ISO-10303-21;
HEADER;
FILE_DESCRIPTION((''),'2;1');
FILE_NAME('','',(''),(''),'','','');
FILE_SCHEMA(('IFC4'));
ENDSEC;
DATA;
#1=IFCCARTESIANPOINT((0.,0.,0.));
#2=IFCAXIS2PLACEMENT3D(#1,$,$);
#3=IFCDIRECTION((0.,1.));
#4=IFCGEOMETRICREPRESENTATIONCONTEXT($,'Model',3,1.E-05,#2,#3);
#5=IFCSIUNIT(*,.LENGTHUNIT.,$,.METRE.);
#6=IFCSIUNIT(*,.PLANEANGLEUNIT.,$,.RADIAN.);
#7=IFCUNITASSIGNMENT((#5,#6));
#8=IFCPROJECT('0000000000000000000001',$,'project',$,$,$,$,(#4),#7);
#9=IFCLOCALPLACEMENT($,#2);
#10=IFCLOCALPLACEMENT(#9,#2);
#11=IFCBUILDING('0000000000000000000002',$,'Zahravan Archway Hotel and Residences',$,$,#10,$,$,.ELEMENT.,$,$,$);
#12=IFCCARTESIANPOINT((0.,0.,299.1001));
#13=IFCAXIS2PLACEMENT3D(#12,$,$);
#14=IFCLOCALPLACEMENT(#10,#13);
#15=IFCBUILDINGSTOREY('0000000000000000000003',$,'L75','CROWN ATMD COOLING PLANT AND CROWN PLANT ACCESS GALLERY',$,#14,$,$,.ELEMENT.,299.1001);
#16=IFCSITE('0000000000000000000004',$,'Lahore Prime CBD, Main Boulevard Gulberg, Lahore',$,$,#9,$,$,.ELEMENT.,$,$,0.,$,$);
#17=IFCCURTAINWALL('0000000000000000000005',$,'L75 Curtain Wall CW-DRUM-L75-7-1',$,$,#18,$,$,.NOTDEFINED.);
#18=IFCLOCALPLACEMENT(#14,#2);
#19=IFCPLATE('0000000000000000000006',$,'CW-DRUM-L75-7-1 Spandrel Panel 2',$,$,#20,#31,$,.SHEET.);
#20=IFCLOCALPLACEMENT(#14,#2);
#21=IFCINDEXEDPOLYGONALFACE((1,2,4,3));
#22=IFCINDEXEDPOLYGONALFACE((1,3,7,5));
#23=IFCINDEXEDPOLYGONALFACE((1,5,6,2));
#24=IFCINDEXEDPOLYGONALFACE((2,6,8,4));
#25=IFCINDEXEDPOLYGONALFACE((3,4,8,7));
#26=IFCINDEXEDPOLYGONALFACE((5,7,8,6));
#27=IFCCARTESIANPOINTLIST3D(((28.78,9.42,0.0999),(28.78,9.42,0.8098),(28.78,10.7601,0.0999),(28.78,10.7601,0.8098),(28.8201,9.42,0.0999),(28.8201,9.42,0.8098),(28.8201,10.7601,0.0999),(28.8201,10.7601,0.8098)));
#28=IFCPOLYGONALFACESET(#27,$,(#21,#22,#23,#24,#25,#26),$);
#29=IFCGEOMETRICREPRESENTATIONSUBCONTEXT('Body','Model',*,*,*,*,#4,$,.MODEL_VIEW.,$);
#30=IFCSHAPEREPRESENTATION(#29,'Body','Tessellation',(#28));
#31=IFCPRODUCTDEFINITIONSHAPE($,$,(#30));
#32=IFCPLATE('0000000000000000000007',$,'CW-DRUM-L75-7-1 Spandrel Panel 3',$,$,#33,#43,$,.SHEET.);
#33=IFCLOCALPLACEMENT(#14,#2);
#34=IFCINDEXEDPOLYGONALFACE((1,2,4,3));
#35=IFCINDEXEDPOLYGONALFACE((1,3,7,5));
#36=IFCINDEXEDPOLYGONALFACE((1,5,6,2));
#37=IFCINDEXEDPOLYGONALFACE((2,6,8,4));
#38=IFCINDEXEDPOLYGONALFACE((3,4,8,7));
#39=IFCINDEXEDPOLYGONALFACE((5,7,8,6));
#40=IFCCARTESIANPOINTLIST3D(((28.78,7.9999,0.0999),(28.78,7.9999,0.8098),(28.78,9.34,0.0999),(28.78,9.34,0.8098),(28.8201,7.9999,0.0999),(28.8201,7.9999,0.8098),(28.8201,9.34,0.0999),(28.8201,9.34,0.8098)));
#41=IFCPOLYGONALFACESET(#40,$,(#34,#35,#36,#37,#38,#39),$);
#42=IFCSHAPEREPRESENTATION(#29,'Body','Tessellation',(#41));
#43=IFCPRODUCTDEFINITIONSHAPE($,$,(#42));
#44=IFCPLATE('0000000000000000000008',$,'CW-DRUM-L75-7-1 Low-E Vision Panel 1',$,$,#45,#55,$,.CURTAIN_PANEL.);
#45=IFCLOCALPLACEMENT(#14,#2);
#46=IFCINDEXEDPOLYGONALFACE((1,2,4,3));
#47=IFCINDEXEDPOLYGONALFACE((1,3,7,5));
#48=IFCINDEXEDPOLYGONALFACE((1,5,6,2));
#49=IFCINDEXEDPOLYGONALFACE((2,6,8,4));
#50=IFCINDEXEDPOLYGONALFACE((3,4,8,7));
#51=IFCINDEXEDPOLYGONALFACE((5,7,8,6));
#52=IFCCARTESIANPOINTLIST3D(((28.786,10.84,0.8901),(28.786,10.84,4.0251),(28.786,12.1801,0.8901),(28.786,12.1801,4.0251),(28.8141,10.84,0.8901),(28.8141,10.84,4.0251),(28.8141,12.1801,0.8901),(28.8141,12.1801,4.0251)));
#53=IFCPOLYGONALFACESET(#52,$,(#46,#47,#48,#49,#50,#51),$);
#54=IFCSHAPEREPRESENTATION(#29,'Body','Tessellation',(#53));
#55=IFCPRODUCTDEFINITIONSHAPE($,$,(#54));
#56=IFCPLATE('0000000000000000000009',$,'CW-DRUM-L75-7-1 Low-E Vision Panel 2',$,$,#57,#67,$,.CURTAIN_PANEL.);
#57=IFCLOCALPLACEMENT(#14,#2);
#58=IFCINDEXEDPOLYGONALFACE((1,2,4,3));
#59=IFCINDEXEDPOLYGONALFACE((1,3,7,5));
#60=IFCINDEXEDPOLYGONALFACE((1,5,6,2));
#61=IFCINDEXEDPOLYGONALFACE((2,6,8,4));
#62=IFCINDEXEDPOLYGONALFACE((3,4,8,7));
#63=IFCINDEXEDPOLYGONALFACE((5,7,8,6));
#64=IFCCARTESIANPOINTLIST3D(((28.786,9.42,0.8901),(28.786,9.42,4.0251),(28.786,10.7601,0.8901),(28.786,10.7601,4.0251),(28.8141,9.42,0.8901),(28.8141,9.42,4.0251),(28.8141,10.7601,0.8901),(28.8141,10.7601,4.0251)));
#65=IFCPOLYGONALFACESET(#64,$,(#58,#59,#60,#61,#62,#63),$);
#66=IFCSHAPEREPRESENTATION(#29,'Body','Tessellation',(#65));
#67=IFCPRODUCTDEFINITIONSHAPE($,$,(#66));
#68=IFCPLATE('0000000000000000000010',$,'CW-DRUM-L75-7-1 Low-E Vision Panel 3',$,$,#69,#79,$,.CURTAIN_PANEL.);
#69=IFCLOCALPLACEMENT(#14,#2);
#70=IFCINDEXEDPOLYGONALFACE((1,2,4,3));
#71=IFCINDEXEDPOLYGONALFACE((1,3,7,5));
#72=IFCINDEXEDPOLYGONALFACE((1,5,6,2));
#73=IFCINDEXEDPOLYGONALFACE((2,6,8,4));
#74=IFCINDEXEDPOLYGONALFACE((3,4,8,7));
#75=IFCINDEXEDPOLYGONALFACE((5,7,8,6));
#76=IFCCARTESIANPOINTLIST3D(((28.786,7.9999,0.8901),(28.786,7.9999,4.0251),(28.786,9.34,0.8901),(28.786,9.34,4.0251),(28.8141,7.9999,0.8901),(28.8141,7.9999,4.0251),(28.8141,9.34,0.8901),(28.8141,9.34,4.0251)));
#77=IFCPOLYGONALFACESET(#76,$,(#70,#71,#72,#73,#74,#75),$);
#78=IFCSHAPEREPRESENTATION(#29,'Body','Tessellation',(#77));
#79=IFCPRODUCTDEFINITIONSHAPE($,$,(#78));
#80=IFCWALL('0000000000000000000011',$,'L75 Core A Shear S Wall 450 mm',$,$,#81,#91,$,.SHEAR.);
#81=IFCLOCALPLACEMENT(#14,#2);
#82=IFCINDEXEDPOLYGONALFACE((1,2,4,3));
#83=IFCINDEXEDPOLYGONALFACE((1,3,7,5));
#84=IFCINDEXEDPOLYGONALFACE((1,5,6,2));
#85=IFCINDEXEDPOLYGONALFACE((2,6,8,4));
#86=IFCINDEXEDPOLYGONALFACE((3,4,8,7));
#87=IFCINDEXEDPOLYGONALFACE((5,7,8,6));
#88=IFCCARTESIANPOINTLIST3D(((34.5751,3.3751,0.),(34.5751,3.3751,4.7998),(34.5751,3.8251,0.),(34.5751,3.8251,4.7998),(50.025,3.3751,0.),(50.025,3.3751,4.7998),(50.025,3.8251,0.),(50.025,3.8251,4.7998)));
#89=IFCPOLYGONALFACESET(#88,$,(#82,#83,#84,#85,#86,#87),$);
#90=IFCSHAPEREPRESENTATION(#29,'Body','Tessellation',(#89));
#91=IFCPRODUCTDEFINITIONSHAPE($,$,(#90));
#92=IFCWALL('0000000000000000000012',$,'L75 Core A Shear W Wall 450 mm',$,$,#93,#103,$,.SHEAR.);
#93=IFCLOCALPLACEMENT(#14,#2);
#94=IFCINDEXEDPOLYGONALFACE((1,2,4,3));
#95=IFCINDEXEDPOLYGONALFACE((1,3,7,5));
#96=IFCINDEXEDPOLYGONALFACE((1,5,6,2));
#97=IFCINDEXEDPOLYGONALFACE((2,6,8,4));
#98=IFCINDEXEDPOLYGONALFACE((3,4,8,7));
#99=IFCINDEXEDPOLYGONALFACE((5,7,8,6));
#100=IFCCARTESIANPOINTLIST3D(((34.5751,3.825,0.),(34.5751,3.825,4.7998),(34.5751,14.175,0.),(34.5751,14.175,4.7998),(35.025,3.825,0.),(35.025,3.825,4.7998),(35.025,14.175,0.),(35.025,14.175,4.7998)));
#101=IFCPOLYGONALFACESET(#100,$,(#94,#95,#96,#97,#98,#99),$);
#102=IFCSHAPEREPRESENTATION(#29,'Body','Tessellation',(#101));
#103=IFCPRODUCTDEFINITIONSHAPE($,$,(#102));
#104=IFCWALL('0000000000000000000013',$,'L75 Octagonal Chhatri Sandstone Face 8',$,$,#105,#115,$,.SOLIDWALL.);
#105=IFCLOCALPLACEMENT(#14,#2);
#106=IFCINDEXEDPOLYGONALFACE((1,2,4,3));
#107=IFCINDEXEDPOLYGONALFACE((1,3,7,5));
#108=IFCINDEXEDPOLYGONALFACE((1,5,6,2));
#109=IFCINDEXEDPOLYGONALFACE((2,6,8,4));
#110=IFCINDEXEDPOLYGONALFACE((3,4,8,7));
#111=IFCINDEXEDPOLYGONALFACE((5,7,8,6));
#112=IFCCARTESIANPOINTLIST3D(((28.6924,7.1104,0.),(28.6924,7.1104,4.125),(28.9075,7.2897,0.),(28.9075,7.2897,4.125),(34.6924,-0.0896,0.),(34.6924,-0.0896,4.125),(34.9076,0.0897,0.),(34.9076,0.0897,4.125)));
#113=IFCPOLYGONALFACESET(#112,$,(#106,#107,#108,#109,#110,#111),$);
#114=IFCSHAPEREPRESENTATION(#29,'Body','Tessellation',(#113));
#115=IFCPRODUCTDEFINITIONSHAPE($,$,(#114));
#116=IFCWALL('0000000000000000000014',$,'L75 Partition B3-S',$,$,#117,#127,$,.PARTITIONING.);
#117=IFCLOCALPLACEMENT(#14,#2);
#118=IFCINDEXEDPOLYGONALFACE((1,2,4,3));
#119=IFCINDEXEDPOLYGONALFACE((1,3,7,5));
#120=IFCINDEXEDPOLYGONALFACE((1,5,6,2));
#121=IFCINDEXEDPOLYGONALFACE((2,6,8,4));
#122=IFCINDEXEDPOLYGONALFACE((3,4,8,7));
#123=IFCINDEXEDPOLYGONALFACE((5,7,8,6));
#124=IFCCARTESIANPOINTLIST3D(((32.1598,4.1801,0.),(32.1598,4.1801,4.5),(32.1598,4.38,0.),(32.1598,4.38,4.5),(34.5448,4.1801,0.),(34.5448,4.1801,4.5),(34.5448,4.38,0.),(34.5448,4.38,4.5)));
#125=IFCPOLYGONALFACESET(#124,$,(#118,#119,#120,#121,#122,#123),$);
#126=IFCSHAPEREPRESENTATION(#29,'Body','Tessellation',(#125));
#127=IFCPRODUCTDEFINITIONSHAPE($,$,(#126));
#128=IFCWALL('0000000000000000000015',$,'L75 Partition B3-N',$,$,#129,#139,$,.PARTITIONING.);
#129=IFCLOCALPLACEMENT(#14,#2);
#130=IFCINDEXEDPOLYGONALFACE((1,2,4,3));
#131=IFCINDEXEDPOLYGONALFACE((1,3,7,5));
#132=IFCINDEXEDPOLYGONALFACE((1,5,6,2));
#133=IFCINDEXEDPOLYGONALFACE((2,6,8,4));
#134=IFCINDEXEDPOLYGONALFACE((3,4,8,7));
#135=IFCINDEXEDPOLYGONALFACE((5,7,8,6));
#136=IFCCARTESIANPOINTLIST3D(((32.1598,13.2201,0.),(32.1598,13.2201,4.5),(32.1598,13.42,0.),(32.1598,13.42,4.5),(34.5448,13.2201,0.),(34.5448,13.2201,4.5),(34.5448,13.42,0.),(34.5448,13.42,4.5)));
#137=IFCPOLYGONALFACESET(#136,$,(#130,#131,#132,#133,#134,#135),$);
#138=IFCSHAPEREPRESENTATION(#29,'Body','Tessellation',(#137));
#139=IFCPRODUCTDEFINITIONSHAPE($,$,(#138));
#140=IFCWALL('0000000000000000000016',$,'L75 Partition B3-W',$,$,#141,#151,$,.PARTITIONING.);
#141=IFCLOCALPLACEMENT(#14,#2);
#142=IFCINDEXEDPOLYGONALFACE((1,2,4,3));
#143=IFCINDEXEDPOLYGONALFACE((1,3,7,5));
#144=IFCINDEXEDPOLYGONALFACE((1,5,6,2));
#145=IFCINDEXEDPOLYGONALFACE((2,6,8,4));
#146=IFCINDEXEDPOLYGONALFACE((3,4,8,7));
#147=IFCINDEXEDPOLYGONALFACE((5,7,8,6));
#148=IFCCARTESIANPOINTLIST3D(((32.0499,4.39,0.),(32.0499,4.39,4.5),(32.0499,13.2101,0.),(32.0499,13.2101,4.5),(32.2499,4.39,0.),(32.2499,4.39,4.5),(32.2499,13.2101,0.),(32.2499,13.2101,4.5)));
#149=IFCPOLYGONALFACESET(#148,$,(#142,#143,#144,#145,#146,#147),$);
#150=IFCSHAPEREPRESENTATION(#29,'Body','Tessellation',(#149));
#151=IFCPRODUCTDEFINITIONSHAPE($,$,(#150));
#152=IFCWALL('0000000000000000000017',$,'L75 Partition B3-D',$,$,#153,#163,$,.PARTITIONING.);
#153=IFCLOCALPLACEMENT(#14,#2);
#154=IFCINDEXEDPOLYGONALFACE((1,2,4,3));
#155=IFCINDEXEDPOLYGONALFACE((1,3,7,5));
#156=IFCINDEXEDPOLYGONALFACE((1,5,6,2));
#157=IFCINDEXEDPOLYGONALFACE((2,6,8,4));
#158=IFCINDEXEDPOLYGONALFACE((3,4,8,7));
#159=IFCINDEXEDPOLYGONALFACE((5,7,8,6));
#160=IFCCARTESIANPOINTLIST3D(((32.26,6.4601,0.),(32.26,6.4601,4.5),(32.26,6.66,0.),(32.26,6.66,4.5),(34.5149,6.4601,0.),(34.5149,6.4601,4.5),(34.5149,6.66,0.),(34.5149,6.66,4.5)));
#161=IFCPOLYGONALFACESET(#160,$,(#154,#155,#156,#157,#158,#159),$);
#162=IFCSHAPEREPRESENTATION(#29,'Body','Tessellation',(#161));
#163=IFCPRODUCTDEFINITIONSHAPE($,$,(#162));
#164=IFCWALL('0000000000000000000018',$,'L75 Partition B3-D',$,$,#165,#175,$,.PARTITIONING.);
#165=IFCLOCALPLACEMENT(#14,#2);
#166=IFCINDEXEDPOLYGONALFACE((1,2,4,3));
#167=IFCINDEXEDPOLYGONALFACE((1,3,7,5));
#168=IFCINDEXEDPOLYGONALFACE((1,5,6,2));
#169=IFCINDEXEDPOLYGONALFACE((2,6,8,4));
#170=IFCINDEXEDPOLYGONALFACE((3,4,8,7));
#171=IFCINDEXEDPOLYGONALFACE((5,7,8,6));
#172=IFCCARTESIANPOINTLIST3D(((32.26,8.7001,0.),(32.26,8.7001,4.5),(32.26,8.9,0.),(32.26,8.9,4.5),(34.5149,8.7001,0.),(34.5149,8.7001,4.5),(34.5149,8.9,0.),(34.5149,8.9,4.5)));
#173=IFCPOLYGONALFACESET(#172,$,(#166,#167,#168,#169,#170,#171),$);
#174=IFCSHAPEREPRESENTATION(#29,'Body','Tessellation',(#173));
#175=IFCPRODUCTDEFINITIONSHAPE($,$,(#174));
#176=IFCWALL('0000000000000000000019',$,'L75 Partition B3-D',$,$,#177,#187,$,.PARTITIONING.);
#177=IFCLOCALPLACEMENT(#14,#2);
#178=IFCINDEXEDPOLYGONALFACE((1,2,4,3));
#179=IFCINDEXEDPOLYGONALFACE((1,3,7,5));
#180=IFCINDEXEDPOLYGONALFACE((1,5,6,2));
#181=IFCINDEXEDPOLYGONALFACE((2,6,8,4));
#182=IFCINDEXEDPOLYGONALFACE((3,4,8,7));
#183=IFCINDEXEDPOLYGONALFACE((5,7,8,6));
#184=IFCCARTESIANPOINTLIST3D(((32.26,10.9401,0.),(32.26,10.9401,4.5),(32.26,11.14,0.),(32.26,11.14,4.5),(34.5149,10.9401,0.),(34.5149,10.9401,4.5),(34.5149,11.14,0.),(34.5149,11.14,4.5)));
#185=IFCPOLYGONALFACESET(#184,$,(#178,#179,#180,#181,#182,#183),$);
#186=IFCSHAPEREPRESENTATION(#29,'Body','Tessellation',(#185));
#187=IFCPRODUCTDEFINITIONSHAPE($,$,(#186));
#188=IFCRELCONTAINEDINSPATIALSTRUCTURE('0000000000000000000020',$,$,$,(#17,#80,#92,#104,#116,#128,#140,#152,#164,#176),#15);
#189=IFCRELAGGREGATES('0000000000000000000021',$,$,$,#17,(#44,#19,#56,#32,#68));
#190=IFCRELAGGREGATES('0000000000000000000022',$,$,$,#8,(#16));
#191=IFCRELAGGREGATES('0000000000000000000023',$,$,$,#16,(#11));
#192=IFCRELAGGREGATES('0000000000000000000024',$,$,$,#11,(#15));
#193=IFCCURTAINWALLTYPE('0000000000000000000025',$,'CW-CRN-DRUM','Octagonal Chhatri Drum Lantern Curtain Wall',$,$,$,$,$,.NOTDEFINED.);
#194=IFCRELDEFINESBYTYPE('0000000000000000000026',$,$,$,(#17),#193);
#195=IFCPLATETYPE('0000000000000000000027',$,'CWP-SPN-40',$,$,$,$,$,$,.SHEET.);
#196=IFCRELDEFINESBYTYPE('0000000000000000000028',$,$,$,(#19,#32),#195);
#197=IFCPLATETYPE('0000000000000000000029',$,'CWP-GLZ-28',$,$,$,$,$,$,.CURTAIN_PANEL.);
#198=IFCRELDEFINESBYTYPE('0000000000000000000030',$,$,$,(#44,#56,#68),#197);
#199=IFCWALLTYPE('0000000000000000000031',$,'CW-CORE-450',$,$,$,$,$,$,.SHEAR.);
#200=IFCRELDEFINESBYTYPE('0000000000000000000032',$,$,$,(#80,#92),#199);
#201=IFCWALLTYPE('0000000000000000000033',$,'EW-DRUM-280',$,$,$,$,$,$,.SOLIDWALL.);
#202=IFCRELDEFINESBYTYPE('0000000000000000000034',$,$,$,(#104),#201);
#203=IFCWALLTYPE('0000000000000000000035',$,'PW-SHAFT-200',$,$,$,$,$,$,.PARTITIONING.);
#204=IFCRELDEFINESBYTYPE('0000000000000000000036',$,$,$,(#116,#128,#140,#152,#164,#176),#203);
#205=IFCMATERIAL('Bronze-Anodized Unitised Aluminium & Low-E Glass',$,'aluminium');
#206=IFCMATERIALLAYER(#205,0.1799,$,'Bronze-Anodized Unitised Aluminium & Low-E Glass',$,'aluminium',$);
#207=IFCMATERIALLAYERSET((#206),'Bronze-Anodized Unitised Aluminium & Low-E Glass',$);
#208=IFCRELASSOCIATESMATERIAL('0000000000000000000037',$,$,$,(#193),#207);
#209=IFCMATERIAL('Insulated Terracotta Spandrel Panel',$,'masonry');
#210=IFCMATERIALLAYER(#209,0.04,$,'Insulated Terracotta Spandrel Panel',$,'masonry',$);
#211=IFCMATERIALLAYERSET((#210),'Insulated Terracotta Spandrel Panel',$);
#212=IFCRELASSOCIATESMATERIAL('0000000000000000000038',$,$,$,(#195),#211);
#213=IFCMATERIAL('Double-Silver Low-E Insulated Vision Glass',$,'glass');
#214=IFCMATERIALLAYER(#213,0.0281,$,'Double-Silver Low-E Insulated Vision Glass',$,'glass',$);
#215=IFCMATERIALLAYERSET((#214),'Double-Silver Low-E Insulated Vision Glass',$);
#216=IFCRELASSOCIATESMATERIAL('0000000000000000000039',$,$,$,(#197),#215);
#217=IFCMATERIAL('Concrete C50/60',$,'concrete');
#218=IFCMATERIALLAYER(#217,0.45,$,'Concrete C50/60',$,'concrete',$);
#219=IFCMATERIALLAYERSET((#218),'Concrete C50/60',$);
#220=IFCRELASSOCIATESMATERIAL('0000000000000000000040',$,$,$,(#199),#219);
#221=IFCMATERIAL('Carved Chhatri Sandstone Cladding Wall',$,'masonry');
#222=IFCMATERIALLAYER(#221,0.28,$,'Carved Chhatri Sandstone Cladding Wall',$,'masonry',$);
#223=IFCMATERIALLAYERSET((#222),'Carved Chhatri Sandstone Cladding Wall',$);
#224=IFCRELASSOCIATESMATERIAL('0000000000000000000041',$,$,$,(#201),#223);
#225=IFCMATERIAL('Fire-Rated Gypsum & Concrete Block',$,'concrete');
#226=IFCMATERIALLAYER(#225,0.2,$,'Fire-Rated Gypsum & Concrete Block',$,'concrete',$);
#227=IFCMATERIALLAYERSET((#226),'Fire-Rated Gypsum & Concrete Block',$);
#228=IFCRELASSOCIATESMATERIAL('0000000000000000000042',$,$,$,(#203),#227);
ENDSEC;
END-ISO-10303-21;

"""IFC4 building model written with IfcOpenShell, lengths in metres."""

from ifc_helpers import new_model, si_unit, direction, frame, frame_2d, origin, origin_2d, place, context, subcontext, project, spatial, rectangle, extrude, source, transform, mapped, material, layer, layer_set, type_object, element, aggregate, save


model = new_model("IFC4")

# Units and contexts
model_context = context("Model", 3, precision=1e-05, world=origin(), true_north=direction((0.0, 1.0)))
body_context = subcontext(model_context, "Body", "Model", "MODEL_VIEW")
ifc_project = project(units=[si_unit("LENGTHUNIT", "METRE"), si_unit("PLANEANGLEUNIT", "RADIAN")], contexts=[model_context])

# Site, building, storey
site_placement = place(None, origin())
site = spatial("IfcSite", under=ifc_project, at=site_placement, Name="Lahore Prime CBD, Main Boulevard Gulberg, Lahore", CompositionType="ELEMENT", RefElevation=0.0)
building_placement = place(site_placement, origin())
building = spatial("IfcBuilding", under=site, at=building_placement, Name="Zahravan Archway Hotel and Residences", CompositionType="ELEMENT")
storey_placement = place(building_placement, frame((0.0, 0.0, 299.1001)))
storey = spatial("IfcBuildingStorey", under=building, at=storey_placement, Name="L75", Description="CROWN ATMD COOLING PLANT AND CROWN PLANT ACCESS GALLERY", CompositionType="ELEMENT", Elevation=299.1001)

# Curtain wall, plates
ifc_material_1 = material(Name="Bronze-Anodized Unitised Aluminium & Low-E Glass", Category="aluminium")
ifc_layer_1 = layer(ifc_material_1, 0.1799, Name="Bronze-Anodized Unitised Aluminium & Low-E Glass", Category="aluminium")
ifc_layer_set_1 = layer_set([ifc_layer_1], Name="Bronze-Anodized Unitised Aluminium & Low-E Glass")
curtain_wall_type = type_object("IfcCurtainWallType", Name="CW-CRN-DRUM", Description="Octagonal Chhatri Drum Lantern Curtain Wall", PredefinedType="NOTDEFINED", material=ifc_layer_set_1)
curtain_wall_placement = place(storey_placement, origin())
curtain_wall = element("IfcCurtainWall", 1, at=curtain_wall_placement, inside=storey, type_object=curtain_wall_type, Name="L75 Curtain Wall CW-DRUM-L75-7-1", PredefinedType="NOTDEFINED")
ifc_material_2 = material(Name="Insulated Terracotta Spandrel Panel", Category="masonry")
ifc_layer_2 = layer(ifc_material_2, 0.04, Name="Insulated Terracotta Spandrel Panel", Category="masonry")
ifc_layer_set_2 = layer_set([ifc_layer_2], Name="Insulated Terracotta Spandrel Panel")
plate_type_1 = type_object("IfcPlateType", Name="CWP-SPN-40", PredefinedType="SHEET", material=ifc_layer_set_2)
shared_shape_1 = source(origin(), body_context, "Body", "SweptSolid", [
    extrude(rectangle(XDim=1.3401, YDim=0.04, at=origin_2d()), origin(), (0.0, 0.0, 1.0), 0.71),
])
plate_1_placement = place(storey_placement, frame((28.8, 10.0901, 0.0999), z_axis=(0.0, 0.0, 1.0), x_axis=(0.0, -1.0, 0.0)))
plate_1 = element("IfcPlate", 2, at=plate_1_placement, type_object=plate_type_1, Name="CW-DRUM-L75-7-1 Spandrel Panel 2", PredefinedType="SHEET", context=body_context, shape_type="MappedRepresentation", body=[
    mapped(shared_shape_1, transform((0.0, 0.0, 0.0), scale=1.0)),
])
plate_2_placement = place(storey_placement, frame((28.8, 8.6699, 0.0999), z_axis=(0.0, 0.0, 1.0), x_axis=(0.0, -1.0, 0.0)))
plate_2 = element("IfcPlate", 3, at=plate_2_placement, type_object=plate_type_1, Name="CW-DRUM-L75-7-1 Spandrel Panel 3", PredefinedType="SHEET", context=body_context, shape_type="MappedRepresentation", body=[
    mapped(shared_shape_1, transform((0.0, 0.0, 0.0), scale=1.0)),
])
ifc_material_3 = material(Name="Double-Silver Low-E Insulated Vision Glass", Category="glass")
ifc_layer_3 = layer(ifc_material_3, 0.0281, Name="Double-Silver Low-E Insulated Vision Glass", Category="glass")
ifc_layer_set_3 = layer_set([ifc_layer_3], Name="Double-Silver Low-E Insulated Vision Glass")
plate_type_2 = type_object("IfcPlateType", Name="CWP-GLZ-28", PredefinedType="CURTAIN_PANEL", material=ifc_layer_set_3)
shared_shape_2 = source(origin(), body_context, "Body", "SweptSolid", [
    extrude(rectangle(XDim=1.3401, YDim=0.0281, at=origin_2d()), origin(), (0.0, 0.0, 1.0), 3.135),
])
plate_3_placement = place(storey_placement, frame((28.8, 11.51, 0.8901), z_axis=(0.0, 0.0, 1.0), x_axis=(0.0, -1.0, 0.0)))
plate_3 = element("IfcPlate", 4, at=plate_3_placement, type_object=plate_type_2, Name="CW-DRUM-L75-7-1 Low-E Vision Panel 1", PredefinedType="CURTAIN_PANEL", context=body_context, shape_type="MappedRepresentation", body=[
    mapped(shared_shape_2, transform((0.0, 0.0, 0.0), scale=1.0)),
])
plate_4_placement = place(storey_placement, frame((28.8, 10.0901, 0.8901), z_axis=(0.0, 0.0, 1.0), x_axis=(0.0, -1.0, 0.0)))
plate_4 = element("IfcPlate", 5, at=plate_4_placement, type_object=plate_type_2, Name="CW-DRUM-L75-7-1 Low-E Vision Panel 2", PredefinedType="CURTAIN_PANEL", context=body_context, shape_type="MappedRepresentation", body=[
    mapped(shared_shape_2, transform((0.0, 0.0, 0.0), scale=1.0)),
])
plate_5_placement = place(storey_placement, frame((28.8, 8.6699, 0.8901), z_axis=(0.0, 0.0, 1.0), x_axis=(0.0, -1.0, 0.0)))
plate_5 = element("IfcPlate", 6, at=plate_5_placement, type_object=plate_type_2, Name="CW-DRUM-L75-7-1 Low-E Vision Panel 3", PredefinedType="CURTAIN_PANEL", context=body_context, shape_type="MappedRepresentation", body=[
    mapped(shared_shape_2, transform((0.0, 0.0, 0.0), scale=1.0)),
])
aggregate(curtain_wall, [plate_3, plate_1, plate_4, plate_2, plate_5])

# Wall
ifc_material_4 = material(Name="Concrete C50/60", Category="concrete")
ifc_layer_4 = layer(ifc_material_4, 0.45, Name="Concrete C50/60", Category="concrete")
ifc_layer_set_4 = layer_set([ifc_layer_4], Name="Concrete C50/60")
wall_type_1 = type_object("IfcWallType", Name="CW-CORE-450", PredefinedType="SHEAR", material=ifc_layer_set_4)
wall_1_placement = place(storey_placement, frame((34.575, 3.6001, 0.0), z_axis=(0.0, 0.0, 1.0), x_axis=(1.0, 0.0, 0.0)))
element("IfcWall", 7, at=wall_1_placement, inside=storey, type_object=wall_type_1, Name="L75 Core A Shear S Wall 450 mm", PredefinedType="SHEAR", context=body_context, shape_type="SweptSolid", body=[
    extrude(rectangle(XDim=15.45, YDim=0.45, at=frame_2d((7.7251, 0.0))), origin(), (0.0, 0.0, 1.0), 4.7998),
])

# Walls
wall_2_placement = place(storey_placement, frame((34.8, 3.825, 0.0), z_axis=(0.0, 0.0, 1.0), x_axis=(0.0, 1.0, 0.0)))
element("IfcWall", 8, at=wall_2_placement, inside=storey, type_object=wall_type_1, Name="L75 Core A Shear W Wall 450 mm", PredefinedType="SHEAR", context=body_context, shape_type="SweptSolid", body=[
    extrude(rectangle(XDim=10.3501, YDim=0.45, at=frame_2d((5.175, 0.0))), origin(), (0.0, 0.0, 1.0), 4.7998),
])
ifc_material_5 = material(Name="Carved Chhatri Sandstone Cladding Wall", Category="masonry")
ifc_layer_5 = layer(ifc_material_5, 0.28, Name="Carved Chhatri Sandstone Cladding Wall", Category="masonry")
ifc_layer_set_5 = layer_set([ifc_layer_5], Name="Carved Chhatri Sandstone Cladding Wall")
wall_type_2 = type_object("IfcWallType", Name="EW-DRUM-280", PredefinedType="SOLIDWALL", material=ifc_layer_set_5)
wall_3_placement = place(storey_placement, frame((28.8, 7.2, 0.0), z_axis=(0.0, 0.0, 1.0), x_axis=(0.640187, -0.768219, 0.0)))
element("IfcWall", 9, at=wall_3_placement, inside=storey, type_object=wall_type_2, Name="L75 Octagonal Chhatri Sandstone Face 8", PredefinedType="SOLIDWALL", context=body_context, shape_type="SweptSolid", body=[
    extrude(rectangle(XDim=9.3723, YDim=0.28, at=frame_2d((4.686, 0.0))), origin(), (0.0, 0.0, 1.0), 4.125),
])
ifc_material_6 = material(Name="Fire-Rated Gypsum & Concrete Block", Category="concrete")
ifc_layer_6 = layer(ifc_material_6, 0.2, Name="Fire-Rated Gypsum & Concrete Block", Category="concrete")
ifc_layer_set_6 = layer_set([ifc_layer_6], Name="Fire-Rated Gypsum & Concrete Block")
wall_type_3 = type_object("IfcWallType", Name="PW-SHAFT-200", PredefinedType="PARTITIONING", material=ifc_layer_set_6)
for number, where, z_axis, x_axis, name in (
    (10, (32.1599, 4.28, 0.0), (0.0, 0.0, 1.0), (1.0, 0.0, 0.0), "L75 Partition B3-S"),
    (11, (32.1599, 13.3201, 0.0), (0.0, 0.0, 1.0), (1.0, 0.0, 0.0), "L75 Partition B3-N"),
):
    element("IfcWall", number, at=place(storey_placement, frame(where, z_axis=z_axis, x_axis=x_axis)), inside=storey, type_object=wall_type_3, Name=name, PredefinedType="PARTITIONING", context=body_context, shape_type="SweptSolid", body=[
        extrude(rectangle(XDim=2.385, YDim=0.2, at=frame_2d((1.1924, 0.0))), origin(), (0.0, 0.0, 1.0), 4.5),
    ])
wall_4_placement = place(storey_placement, frame((32.1499, 4.3899, 0.0), z_axis=(0.0, 0.0, 1.0), x_axis=(0.0, 1.0, 0.0)))
element("IfcWall", 12, at=wall_4_placement, inside=storey, type_object=wall_type_3, Name="L75 Partition B3-W", PredefinedType="PARTITIONING", context=body_context, shape_type="SweptSolid", body=[
    extrude(rectangle(XDim=8.8201, YDim=0.2, at=frame_2d((4.4102, 0.0))), origin(), (0.0, 0.0, 1.0), 4.5),
])
for number, where, z_axis, x_axis, name in (
    (13, (32.26, 6.5601, 0.0), (0.0, 0.0, 1.0), (1.0, 0.0, 0.0), "L75 Partition B3-D"),
    (14, (32.26, 8.8, 0.0), (0.0, 0.0, 1.0), (1.0, 0.0, 0.0), "L75 Partition B3-D"),
    (15, (32.26, 11.04, 0.0), (0.0, 0.0, 1.0), (1.0, 0.0, 0.0), "L75 Partition B3-D"),
):
    element("IfcWall", number, at=place(storey_placement, frame(where, z_axis=z_axis, x_axis=x_axis)), inside=storey, type_object=wall_type_3, Name=name, PredefinedType="PARTITIONING", context=body_context, shape_type="SweptSolid", body=[
        extrude(rectangle(XDim=2.2549, YDim=0.2, at=frame_2d((1.1274, 0.0))), origin(), (0.0, 0.0, 1.0), 4.5),
    ])

save(model, "model.ifc")
